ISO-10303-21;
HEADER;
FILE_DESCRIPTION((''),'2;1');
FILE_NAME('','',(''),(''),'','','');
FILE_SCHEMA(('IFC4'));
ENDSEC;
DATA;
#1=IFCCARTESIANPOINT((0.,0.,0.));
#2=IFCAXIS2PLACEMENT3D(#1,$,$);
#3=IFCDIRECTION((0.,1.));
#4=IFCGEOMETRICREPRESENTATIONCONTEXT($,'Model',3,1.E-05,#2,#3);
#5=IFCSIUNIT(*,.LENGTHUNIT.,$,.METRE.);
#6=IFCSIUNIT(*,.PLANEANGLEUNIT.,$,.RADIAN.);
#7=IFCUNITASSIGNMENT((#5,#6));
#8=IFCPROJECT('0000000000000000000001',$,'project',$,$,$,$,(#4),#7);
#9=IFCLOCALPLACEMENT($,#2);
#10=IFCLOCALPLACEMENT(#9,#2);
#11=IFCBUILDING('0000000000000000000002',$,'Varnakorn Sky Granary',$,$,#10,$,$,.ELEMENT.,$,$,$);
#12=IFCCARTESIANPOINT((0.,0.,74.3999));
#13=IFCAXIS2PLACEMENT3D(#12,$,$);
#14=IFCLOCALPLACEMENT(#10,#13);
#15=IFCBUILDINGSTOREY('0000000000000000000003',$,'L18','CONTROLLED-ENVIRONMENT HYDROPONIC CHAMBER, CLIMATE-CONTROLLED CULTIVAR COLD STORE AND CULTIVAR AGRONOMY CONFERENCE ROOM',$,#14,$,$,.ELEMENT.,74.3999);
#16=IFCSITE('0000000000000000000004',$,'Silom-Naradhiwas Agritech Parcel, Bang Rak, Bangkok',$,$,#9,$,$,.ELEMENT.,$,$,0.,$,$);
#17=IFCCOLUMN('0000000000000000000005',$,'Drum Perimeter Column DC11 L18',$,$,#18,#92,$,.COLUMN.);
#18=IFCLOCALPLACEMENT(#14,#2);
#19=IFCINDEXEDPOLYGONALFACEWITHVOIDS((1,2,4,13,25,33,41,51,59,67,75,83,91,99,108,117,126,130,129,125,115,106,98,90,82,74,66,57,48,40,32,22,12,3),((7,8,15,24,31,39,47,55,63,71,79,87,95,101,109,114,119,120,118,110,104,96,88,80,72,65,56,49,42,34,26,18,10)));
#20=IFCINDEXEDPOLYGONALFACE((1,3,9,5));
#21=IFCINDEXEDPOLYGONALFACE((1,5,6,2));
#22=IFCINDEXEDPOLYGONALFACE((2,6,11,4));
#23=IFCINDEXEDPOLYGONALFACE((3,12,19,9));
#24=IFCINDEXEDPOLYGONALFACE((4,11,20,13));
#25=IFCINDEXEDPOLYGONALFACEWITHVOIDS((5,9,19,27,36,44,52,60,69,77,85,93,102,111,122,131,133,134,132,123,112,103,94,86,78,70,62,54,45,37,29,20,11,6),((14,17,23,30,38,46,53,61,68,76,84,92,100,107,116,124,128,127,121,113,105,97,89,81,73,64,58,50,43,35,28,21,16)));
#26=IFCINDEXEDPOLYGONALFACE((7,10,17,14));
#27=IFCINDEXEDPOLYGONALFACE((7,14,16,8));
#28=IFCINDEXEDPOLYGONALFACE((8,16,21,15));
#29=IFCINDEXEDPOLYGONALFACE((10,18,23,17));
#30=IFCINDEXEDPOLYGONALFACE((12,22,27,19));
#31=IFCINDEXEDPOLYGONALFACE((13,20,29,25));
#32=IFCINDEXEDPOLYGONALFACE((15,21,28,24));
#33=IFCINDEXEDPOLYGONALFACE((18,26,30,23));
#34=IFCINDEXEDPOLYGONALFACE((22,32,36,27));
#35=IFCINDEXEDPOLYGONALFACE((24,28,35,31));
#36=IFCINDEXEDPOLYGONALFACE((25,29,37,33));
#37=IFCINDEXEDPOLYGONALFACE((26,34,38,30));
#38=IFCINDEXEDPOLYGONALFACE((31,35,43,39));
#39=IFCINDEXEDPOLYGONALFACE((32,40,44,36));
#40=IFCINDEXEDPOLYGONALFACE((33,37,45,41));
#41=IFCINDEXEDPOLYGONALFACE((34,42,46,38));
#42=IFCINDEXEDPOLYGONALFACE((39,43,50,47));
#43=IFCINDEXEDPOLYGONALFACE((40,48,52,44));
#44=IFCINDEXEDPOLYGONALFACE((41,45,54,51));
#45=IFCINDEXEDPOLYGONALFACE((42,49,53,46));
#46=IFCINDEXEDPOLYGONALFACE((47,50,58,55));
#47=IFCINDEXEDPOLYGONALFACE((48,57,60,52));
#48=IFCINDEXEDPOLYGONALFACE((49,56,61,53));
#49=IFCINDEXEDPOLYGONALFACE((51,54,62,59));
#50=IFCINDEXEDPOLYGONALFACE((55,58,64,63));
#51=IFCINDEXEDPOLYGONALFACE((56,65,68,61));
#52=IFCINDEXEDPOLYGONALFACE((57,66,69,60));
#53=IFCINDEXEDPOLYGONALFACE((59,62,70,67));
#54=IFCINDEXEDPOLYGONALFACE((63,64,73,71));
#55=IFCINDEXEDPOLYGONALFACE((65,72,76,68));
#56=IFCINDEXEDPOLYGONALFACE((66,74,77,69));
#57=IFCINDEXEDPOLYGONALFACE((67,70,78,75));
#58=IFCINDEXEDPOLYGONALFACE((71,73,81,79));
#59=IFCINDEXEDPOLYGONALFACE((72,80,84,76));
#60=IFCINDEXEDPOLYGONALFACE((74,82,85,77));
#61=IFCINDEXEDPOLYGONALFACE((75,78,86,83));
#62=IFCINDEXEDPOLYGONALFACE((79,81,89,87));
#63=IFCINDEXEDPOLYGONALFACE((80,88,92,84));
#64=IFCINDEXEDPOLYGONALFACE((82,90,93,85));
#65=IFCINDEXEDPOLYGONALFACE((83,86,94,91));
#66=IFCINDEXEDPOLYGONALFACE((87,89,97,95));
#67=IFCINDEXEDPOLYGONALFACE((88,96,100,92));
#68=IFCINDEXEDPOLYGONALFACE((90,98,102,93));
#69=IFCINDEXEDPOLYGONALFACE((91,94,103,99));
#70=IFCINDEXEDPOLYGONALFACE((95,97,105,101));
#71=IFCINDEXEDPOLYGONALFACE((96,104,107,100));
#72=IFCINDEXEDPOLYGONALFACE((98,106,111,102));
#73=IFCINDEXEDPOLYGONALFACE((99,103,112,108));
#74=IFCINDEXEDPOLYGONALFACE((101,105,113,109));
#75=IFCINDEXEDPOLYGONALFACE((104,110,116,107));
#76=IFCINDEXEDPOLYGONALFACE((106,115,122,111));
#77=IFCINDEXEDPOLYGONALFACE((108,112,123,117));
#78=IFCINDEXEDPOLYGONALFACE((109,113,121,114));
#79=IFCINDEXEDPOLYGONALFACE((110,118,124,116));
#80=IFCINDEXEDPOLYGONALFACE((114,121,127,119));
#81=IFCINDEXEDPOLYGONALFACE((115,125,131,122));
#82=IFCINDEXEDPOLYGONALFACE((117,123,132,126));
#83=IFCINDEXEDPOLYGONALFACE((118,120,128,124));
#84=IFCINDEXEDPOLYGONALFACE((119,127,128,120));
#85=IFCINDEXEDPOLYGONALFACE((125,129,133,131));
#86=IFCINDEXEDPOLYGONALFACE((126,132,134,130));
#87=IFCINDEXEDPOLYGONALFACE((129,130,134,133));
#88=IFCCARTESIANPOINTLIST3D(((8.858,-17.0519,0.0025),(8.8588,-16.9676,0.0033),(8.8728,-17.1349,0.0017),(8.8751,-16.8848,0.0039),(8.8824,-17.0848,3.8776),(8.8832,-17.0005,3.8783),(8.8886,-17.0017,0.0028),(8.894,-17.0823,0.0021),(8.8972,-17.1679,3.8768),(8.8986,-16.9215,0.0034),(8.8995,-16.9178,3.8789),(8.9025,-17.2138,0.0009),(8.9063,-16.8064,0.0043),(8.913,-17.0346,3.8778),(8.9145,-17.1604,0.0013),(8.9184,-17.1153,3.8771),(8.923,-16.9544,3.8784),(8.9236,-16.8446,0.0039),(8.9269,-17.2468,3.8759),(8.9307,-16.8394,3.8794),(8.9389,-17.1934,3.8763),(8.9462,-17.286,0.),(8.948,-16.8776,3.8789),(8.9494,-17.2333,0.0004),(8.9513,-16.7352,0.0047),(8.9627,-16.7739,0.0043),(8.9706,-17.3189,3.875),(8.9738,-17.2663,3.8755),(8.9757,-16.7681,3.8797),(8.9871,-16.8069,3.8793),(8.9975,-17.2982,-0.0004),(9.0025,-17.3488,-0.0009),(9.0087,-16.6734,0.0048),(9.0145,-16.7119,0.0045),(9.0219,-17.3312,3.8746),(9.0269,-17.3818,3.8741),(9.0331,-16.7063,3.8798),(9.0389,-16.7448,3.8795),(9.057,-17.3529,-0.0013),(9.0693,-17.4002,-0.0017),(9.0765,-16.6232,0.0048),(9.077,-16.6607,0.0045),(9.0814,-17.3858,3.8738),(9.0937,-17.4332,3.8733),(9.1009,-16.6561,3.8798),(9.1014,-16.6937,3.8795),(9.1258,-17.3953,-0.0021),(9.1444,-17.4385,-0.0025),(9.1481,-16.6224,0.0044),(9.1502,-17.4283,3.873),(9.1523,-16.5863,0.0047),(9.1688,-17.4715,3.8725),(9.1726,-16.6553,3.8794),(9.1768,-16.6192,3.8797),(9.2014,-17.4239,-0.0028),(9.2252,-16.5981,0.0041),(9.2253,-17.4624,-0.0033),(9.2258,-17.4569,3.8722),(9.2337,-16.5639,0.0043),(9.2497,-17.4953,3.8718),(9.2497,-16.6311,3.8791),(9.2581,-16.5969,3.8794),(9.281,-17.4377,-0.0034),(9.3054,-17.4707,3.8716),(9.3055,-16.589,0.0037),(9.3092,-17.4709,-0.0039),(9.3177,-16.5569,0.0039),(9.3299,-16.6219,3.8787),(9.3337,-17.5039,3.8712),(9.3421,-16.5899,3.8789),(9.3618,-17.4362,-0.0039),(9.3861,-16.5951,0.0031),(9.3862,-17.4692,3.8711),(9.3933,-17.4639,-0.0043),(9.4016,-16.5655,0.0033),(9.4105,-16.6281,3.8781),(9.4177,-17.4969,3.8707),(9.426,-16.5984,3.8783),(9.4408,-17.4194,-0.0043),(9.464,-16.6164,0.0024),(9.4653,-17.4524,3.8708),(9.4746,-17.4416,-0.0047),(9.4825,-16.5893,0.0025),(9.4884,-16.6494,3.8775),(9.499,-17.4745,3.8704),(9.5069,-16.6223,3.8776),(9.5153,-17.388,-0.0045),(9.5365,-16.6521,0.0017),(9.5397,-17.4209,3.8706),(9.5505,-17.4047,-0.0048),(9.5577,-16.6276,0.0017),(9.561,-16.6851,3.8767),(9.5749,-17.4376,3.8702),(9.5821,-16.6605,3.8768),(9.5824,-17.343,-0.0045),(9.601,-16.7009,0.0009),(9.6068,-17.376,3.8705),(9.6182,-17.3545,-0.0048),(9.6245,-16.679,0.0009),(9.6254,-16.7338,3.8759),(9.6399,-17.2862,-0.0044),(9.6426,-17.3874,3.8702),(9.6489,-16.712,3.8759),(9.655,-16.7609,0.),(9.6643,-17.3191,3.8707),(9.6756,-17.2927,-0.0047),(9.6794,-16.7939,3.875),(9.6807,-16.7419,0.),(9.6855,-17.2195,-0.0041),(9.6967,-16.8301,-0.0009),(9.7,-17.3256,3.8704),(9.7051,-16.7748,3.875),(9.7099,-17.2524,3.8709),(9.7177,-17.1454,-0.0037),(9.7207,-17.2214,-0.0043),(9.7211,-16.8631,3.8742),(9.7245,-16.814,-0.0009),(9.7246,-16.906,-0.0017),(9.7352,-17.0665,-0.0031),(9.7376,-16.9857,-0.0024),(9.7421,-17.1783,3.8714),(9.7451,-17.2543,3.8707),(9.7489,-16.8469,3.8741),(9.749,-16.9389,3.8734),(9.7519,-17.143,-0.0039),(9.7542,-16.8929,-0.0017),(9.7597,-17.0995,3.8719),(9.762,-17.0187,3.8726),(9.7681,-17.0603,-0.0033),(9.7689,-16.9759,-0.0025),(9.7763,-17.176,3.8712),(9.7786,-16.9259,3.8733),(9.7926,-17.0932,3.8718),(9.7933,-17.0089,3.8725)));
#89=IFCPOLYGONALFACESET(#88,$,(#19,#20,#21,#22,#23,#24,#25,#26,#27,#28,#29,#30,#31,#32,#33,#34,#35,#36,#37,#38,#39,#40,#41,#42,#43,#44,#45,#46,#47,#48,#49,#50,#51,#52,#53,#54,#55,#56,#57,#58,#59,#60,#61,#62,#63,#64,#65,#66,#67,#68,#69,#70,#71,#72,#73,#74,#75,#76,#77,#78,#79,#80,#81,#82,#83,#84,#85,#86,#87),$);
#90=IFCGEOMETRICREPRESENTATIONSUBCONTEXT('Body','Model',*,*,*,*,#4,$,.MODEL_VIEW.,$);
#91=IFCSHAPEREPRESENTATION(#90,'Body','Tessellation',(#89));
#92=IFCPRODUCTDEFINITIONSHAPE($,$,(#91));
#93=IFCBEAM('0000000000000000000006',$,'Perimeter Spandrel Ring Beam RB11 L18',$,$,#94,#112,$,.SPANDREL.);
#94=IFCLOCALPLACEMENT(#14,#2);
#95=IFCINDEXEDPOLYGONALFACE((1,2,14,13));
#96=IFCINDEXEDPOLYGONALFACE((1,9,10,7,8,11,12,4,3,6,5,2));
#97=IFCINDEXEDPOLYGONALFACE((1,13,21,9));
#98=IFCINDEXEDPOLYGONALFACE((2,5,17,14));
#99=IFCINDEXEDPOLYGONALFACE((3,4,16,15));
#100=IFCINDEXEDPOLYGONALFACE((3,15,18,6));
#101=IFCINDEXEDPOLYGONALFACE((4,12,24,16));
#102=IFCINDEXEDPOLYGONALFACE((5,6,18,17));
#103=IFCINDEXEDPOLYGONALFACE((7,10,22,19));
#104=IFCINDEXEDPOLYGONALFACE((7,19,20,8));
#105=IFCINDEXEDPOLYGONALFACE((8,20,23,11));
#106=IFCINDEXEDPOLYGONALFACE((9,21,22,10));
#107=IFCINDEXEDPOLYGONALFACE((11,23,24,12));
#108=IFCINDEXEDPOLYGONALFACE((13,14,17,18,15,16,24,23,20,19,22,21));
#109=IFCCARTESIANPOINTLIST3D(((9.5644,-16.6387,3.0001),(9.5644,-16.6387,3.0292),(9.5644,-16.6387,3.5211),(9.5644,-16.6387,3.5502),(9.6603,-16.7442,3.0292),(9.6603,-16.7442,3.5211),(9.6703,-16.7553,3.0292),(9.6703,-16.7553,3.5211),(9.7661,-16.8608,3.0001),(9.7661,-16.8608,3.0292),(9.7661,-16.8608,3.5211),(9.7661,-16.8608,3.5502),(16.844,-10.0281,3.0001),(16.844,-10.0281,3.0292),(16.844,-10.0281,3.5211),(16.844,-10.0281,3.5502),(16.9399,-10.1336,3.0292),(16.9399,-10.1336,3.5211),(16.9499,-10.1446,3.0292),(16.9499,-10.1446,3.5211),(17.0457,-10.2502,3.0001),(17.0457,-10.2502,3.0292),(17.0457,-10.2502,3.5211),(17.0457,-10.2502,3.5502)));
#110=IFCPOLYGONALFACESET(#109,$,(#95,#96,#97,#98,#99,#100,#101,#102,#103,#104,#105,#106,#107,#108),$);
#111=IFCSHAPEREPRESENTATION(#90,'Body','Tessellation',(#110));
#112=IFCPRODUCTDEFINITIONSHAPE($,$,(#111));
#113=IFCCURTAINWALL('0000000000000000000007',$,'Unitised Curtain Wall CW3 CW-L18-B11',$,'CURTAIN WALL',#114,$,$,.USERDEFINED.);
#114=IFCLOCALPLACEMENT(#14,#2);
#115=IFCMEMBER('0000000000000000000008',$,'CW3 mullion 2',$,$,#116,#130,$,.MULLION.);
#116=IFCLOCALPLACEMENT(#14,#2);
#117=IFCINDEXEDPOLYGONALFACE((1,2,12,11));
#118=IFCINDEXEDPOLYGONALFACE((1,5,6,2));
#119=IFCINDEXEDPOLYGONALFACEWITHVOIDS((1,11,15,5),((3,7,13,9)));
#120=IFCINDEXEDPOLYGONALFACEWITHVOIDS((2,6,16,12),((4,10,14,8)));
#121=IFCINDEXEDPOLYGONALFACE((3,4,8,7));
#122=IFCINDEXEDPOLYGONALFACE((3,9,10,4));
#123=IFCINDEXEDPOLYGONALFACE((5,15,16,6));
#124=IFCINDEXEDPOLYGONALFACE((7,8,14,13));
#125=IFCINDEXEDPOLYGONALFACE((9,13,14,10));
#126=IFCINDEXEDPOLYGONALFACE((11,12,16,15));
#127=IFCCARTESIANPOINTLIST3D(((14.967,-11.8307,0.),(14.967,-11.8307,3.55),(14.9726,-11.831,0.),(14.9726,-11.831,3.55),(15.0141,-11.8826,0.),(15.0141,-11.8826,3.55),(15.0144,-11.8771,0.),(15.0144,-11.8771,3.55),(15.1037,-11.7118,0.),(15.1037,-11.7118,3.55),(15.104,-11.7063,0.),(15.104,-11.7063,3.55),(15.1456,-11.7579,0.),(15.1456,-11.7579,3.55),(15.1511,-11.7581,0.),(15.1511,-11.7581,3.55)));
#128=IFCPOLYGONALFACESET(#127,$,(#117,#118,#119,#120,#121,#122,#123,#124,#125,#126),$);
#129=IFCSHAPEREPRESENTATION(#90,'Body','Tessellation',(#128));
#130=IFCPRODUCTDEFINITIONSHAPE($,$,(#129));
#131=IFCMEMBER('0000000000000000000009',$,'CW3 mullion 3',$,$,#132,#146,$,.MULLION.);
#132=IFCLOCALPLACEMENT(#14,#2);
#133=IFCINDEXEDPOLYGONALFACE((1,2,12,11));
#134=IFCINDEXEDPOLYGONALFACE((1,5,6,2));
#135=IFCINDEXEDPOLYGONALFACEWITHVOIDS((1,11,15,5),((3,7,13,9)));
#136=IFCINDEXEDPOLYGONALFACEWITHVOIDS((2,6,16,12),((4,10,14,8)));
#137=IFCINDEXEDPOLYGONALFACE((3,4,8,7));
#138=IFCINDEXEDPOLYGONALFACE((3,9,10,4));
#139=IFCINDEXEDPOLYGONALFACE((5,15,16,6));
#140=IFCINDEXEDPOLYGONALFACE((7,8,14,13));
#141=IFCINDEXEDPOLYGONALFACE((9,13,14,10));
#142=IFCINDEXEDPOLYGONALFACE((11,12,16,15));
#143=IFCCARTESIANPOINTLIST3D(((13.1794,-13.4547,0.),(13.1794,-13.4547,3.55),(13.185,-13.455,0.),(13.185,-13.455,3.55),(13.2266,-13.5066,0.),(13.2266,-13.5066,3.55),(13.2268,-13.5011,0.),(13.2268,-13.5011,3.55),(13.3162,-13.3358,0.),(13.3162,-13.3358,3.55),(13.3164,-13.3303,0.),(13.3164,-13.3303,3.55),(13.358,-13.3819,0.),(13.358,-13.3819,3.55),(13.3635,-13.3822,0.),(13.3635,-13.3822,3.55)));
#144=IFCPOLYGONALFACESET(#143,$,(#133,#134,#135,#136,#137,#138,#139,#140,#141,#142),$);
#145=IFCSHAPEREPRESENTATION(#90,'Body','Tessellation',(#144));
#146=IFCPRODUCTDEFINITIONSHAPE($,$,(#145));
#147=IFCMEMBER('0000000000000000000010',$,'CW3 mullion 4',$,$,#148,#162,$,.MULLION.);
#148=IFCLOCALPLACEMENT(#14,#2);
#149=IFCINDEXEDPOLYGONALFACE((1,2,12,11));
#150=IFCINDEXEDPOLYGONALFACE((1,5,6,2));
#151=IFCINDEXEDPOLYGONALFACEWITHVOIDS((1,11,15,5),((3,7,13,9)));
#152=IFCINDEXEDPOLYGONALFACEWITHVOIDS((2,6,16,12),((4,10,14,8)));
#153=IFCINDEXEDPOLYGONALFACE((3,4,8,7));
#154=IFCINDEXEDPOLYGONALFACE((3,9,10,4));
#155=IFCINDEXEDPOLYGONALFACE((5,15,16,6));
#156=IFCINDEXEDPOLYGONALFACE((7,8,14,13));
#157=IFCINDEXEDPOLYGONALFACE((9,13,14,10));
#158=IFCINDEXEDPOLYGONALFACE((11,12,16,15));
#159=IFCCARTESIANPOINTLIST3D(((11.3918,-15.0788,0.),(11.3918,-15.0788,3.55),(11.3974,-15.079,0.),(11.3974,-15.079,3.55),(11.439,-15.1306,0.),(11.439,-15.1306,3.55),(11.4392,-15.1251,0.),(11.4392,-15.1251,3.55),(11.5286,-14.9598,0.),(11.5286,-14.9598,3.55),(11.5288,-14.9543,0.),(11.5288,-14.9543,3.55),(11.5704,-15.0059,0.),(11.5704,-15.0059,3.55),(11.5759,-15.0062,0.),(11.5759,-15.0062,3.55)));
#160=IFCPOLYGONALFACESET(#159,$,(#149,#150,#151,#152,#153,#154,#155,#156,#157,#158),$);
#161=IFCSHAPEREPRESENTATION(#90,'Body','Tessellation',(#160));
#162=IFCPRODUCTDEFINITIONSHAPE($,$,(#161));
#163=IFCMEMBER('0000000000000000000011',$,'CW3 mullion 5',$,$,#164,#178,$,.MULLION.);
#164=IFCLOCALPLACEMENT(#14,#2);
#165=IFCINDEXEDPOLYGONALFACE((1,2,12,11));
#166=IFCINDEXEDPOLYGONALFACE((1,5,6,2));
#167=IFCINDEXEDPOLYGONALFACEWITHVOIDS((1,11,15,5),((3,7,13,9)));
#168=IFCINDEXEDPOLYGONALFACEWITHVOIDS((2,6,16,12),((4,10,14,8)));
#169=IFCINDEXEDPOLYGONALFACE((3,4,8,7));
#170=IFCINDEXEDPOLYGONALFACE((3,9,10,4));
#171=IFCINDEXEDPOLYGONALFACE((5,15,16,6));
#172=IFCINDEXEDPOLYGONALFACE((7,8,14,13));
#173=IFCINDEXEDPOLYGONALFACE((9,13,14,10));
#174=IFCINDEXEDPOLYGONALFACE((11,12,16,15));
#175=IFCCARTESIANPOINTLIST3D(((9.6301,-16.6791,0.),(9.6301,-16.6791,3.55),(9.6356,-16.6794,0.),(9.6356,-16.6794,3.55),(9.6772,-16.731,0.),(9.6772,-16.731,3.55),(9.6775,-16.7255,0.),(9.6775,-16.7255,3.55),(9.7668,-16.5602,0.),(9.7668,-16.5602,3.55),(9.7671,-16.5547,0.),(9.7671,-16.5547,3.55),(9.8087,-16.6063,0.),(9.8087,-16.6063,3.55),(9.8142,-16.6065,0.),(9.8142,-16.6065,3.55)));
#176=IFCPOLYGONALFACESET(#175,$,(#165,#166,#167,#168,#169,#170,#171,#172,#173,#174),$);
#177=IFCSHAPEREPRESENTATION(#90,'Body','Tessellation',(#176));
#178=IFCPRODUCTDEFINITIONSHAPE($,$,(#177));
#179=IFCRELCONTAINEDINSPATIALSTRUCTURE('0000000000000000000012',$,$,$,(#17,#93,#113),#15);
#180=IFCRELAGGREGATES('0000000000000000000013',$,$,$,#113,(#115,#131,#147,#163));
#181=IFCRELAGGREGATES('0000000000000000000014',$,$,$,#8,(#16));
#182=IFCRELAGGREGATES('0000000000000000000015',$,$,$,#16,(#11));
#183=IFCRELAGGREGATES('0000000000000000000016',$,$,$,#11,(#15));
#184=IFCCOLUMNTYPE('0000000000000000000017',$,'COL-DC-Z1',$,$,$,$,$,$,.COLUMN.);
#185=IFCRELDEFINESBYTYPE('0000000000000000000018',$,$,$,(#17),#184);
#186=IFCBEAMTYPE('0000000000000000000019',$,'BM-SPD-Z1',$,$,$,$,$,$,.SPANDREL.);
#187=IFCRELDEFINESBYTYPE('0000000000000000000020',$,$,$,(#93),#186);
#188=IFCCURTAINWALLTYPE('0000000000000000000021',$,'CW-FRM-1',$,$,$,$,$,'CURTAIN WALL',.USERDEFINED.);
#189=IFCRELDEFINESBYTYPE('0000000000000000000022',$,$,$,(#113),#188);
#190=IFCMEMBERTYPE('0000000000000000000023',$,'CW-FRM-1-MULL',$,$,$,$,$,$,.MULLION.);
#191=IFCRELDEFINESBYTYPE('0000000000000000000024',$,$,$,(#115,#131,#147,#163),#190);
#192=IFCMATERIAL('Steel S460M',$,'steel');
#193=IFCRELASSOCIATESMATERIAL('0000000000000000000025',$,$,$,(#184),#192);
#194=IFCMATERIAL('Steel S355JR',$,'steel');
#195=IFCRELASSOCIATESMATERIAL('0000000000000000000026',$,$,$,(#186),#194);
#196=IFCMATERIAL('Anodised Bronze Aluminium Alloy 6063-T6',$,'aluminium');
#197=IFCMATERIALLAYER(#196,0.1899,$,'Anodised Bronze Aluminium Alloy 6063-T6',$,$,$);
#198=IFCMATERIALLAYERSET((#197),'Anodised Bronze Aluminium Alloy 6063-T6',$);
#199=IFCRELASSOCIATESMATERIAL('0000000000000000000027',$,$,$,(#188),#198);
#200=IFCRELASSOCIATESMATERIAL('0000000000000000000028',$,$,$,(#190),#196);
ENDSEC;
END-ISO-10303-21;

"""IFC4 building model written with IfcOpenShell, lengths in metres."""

from ifc_helpers import new_model, si_unit, direction, frame, origin, origin_2d, place, context, subcontext, project, spatial, hollow_rectangle, hollow_circle, i_section, extrude, material, layer, layer_set, material_profile, profile_set, type_object, element, aggregate, save


model = new_model("IFC4")

# Units and contexts
model_context = context("Model", 3, precision=1e-05, world=origin(), true_north=direction((0.0, 1.0)))
body_context = subcontext(model_context, "Body", "Model", "MODEL_VIEW")
ifc_project = project(units=[si_unit("LENGTHUNIT", "METRE"), si_unit("PLANEANGLEUNIT", "RADIAN")], contexts=[model_context])

# Site, building, storey
site_placement = place(None, origin())
site = spatial("IfcSite", under=ifc_project, at=site_placement, Name="Silom-Naradhiwas Agritech Parcel, Bang Rak, Bangkok", CompositionType="ELEMENT", RefElevation=0.0)
building_placement = place(site_placement, origin())
building = spatial("IfcBuilding", under=site, at=building_placement, Name="Varnakorn Sky Granary", CompositionType="ELEMENT")
storey_placement = place(building_placement, frame((0.0, 0.0, 74.3999)))
storey = spatial("IfcBuildingStorey", under=building, at=storey_placement, Name="L18", Description="CONTROLLED-ENVIRONMENT HYDROPONIC CHAMBER, CLIMATE-CONTROLLED CULTIVAR COLD STORE AND CULTIVAR AGRONOMY CONFERENCE ROOM", CompositionType="ELEMENT", Elevation=74.3999)

# Column
ifc_material_1 = material(Name="Steel S460M", Category="steel")
ifc_material_profile_1 = material_profile(ifc_material_1, hollow_circle(Radius=0.457, WallThickness=0.032, at=origin_2d()), Name="CHS 914x32")
ifc_profile_set_1 = profile_set([ifc_material_profile_1], Name="Steel S460M")
column_type = type_object("IfcColumnType", Name="COL-DC-Z1", PredefinedType="COLUMN", material=ifc_profile_set_1)
column_placement = place(storey_placement, frame((9.3135, -17.0139, 0.0), z_axis=(0.0063, -0.008505, 0.999944), x_axis=(0.803557, 0.595228, 0.0)))
element("IfcColumn", 1, at=column_placement, inside=storey, type_object=column_type, Name="Drum Perimeter Column DC11 L18", PredefinedType="COLUMN", context=body_context, shape_type="SweptSolid", body=[
    extrude(hollow_circle(Radius=0.457, WallThickness=0.032, at=origin_2d()), origin(), (0.0, 0.0, 1.0), 3.8752),
])

# Beam
ifc_material_2 = material(Name="Steel S355JR", Category="steel")
ifc_material_profile_2 = material_profile(ifc_material_2, i_section(OverallWidth=0.3, OverallDepth=0.55, WebThickness=0.0149, FlangeThickness=0.0291, at=origin_2d()), Name="HE 550 B")
ifc_profile_set_2 = profile_set([ifc_material_profile_2], Name="Steel S355JR")
beam_type = type_object("IfcBeamType", Name="BM-SPD-Z1", PredefinedType="SPANDREL", material=ifc_profile_set_2)
beam_placement = place(storey_placement, frame((9.6653, -16.7498, 3.2751), z_axis=(0.740303, 0.672274, 0.0), x_axis=(-0.672274, 0.740303, 0.0)))
element("IfcBeam", 2, at=beam_placement, inside=storey, type_object=beam_type, Name="Perimeter Spandrel Ring Beam RB11 L18", PredefinedType="SPANDREL", context=body_context, shape_type="SweptSolid", body=[
    extrude(i_section(OverallWidth=0.3, OverallDepth=0.55, WebThickness=0.0149, FlangeThickness=0.0291, at=origin_2d()), origin(), (0.0, 0.0, 1.0), 9.8333),
])

# Curtain wall, members
ifc_material_3 = material(Name="Anodised Bronze Aluminium Alloy 6063-T6", Category="aluminium")
ifc_layer_1 = layer(ifc_material_3, 0.1899, Name="Anodised Bronze Aluminium Alloy 6063-T6")
ifc_layer_set_1 = layer_set([ifc_layer_1], Name="Anodised Bronze Aluminium Alloy 6063-T6")
curtain_wall_type = type_object("IfcCurtainWallType", Name="CW-FRM-1", ElementType="CURTAIN WALL", PredefinedType="USERDEFINED", material=ifc_layer_set_1)
curtain_wall_placement = place(storey_placement, origin())
curtain_wall = element("IfcCurtainWall", 3, at=curtain_wall_placement, inside=storey, type_object=curtain_wall_type, Name="Unitised Curtain Wall CW3 CW-L18-B11", ObjectType="CURTAIN WALL", PredefinedType="USERDEFINED")
ifc_material_profile_3 = material_profile(ifc_material_3, hollow_rectangle(XDim=0.0701, YDim=0.1851, WallThickness=0.0039, at=origin_2d()), Name="ALU MULL 70x185")
ifc_profile_set_3 = profile_set([ifc_material_profile_3], Name="Anodised Bronze Aluminium Alloy 6063-T6")
member_type_1 = type_object("IfcMemberType", Name="CW-FRM-1-MULL", PredefinedType="MULLION", material=ifc_profile_set_3)
member_1_placement = place(storey_placement, frame((15.0591, -11.7944, 0.0), z_axis=(0.0, 0.0, 1.0), x_axis=(0.672398, -0.74019, 0.0)))
member_1 = element("IfcMember", 4, at=member_1_placement, type_object=member_type_1, Name="CW3 mullion 2", PredefinedType="MULLION", context=body_context, shape_type="SweptSolid", body=[
    extrude(hollow_rectangle(XDim=0.0701, YDim=0.1851, WallThickness=0.0039, at=origin_2d()), origin(), (0.0, 0.0, 1.0), 3.55),
])
member_2_placement = place(storey_placement, frame((13.2715, -13.4185, 0.0), z_axis=(0.0, 0.0, 1.0), x_axis=(0.672398, -0.74019, 0.0)))
member_2 = element("IfcMember", 5, at=member_2_placement, type_object=member_type_1, Name="CW3 mullion 3", PredefinedType="MULLION", context=body_context, shape_type="SweptSolid", body=[
    extrude(hollow_rectangle(XDim=0.0701, YDim=0.1851, WallThickness=0.0039, at=origin_2d()), origin(), (0.0, 0.0, 1.0), 3.55),
])
member_3_placement = place(storey_placement, frame((11.4839, -15.0425, 0.0), z_axis=(0.0, 0.0, 1.0), x_axis=(0.672398, -0.74019, 0.0)))
member_3 = element("IfcMember", 6, at=member_3_placement, type_object=member_type_1, Name="CW3 mullion 4", PredefinedType="MULLION", context=body_context, shape_type="SweptSolid", body=[
    extrude(hollow_rectangle(XDim=0.0701, YDim=0.1851, WallThickness=0.0039, at=origin_2d()), origin(), (0.0, 0.0, 1.0), 3.55),
])
member_4_placement = place(storey_placement, frame((9.7222, -16.6428, 0.0), z_axis=(0.0, 0.0, 1.0), x_axis=(0.672398, -0.74019, 0.0)))
member_4 = element("IfcMember", 7, at=member_4_placement, type_object=member_type_1, Name="CW3 mullion 5", PredefinedType="MULLION", context=body_context, shape_type="SweptSolid", body=[
    extrude(hollow_rectangle(XDim=0.0701, YDim=0.1851, WallThickness=0.0039, at=origin_2d()), origin(), (0.0, 0.0, 1.0), 3.55),
])

aggregate(curtain_wall, [member_1, member_2, member_3, member_4])

save(model, "model.ifc")
